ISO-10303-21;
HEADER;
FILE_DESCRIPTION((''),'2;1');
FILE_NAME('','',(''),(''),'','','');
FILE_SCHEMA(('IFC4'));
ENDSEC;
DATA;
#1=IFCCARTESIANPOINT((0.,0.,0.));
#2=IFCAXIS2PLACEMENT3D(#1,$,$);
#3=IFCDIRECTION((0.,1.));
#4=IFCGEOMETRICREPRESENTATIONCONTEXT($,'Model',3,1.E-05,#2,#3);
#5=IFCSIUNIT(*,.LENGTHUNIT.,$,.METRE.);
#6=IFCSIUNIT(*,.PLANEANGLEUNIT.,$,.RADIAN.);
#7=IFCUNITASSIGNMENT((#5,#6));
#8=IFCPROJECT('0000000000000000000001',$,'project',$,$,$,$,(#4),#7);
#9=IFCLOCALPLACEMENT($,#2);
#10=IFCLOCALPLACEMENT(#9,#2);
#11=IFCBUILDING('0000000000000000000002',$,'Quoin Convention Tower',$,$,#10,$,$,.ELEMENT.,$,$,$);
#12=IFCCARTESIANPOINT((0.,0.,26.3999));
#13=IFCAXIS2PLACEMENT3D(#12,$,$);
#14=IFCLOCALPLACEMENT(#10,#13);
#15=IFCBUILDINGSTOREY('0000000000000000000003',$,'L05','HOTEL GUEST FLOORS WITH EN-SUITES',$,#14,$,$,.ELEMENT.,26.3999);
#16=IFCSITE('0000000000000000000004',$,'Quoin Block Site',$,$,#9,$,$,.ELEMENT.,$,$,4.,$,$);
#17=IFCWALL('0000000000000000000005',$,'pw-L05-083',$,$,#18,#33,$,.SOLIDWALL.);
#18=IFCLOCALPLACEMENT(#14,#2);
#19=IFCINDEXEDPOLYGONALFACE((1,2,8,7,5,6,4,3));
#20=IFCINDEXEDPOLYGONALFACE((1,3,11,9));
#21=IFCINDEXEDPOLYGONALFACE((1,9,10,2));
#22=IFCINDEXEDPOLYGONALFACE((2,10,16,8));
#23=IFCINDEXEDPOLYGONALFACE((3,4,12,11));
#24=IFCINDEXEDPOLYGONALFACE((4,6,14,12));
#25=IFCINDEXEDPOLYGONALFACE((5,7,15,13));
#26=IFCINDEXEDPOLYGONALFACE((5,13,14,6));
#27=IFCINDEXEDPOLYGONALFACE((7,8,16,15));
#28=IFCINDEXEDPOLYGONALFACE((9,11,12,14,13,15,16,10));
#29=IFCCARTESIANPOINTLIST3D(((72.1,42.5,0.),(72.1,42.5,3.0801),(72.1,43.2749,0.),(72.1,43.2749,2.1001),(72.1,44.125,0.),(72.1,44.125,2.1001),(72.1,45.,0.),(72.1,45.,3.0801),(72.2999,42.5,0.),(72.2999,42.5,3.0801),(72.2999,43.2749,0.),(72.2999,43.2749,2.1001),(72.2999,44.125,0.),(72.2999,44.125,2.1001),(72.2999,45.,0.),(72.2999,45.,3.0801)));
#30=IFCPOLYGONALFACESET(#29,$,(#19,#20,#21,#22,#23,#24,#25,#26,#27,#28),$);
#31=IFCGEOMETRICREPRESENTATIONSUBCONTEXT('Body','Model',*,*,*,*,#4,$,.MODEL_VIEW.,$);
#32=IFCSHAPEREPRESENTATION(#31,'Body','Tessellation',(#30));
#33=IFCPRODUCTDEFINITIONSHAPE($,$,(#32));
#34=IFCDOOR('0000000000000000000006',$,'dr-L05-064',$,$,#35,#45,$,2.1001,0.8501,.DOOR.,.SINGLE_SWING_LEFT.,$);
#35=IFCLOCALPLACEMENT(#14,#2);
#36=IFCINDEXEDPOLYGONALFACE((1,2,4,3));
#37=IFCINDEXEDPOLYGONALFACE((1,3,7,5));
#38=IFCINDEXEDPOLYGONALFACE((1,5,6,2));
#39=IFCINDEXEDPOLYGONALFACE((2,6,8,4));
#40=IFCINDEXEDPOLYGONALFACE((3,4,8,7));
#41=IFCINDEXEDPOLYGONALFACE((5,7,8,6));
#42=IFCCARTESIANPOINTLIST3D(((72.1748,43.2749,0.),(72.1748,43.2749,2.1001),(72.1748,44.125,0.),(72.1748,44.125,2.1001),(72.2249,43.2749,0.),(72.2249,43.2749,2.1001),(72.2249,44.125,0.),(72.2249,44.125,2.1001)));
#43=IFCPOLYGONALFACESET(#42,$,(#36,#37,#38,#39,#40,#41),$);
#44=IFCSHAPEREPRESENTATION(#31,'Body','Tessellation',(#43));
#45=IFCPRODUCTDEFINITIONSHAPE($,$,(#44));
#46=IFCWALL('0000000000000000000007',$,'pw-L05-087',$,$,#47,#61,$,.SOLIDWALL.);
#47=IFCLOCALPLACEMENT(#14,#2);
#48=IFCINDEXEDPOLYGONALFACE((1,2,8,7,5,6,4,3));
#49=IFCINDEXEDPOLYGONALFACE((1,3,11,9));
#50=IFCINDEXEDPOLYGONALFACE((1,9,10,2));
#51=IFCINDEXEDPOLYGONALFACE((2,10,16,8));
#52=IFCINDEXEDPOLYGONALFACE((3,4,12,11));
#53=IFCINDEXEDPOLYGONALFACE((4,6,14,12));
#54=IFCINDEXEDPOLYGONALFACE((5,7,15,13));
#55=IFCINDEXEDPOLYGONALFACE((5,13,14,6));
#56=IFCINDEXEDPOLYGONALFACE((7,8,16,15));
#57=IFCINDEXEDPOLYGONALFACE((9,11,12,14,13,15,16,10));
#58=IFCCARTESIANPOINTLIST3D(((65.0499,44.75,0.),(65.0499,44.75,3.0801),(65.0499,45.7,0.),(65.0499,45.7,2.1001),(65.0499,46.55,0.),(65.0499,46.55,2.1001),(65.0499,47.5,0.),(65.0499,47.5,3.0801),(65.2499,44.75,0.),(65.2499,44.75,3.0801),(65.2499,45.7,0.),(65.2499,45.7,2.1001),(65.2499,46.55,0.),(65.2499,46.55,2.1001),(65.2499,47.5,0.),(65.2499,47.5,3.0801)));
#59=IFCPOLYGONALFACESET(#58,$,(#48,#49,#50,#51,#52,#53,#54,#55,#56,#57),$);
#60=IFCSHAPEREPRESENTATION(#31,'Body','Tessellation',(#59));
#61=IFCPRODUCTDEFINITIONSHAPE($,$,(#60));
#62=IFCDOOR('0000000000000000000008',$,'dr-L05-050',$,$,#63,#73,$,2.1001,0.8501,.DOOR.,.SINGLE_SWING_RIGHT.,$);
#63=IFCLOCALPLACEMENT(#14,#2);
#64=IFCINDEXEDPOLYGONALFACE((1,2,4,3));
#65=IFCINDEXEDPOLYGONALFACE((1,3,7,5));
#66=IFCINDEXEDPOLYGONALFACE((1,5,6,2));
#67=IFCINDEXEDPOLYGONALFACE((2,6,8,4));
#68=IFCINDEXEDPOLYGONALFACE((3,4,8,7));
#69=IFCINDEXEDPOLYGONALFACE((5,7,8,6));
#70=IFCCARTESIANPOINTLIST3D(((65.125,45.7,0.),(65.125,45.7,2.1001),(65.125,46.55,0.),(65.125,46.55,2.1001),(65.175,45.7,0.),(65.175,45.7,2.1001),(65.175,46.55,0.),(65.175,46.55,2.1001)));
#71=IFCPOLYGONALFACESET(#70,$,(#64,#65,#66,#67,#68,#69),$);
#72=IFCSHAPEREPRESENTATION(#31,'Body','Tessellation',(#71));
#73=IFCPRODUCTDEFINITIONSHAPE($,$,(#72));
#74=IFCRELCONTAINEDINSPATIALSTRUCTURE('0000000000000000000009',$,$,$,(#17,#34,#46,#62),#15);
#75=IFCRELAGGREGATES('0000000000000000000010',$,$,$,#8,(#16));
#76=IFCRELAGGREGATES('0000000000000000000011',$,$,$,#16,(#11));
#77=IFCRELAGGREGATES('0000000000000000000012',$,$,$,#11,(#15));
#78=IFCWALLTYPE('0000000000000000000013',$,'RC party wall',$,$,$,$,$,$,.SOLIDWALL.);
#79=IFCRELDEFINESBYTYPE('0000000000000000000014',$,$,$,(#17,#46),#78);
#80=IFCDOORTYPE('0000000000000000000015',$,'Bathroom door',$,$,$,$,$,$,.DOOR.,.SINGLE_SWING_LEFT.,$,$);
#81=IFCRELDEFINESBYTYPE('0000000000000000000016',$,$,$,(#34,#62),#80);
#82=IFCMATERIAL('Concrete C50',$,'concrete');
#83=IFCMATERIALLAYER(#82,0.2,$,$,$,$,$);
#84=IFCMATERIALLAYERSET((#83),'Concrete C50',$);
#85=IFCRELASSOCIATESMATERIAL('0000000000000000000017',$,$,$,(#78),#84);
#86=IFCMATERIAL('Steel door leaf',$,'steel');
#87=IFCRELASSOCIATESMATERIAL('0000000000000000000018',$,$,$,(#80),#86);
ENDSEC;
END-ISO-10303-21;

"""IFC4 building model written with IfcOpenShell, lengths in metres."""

from ifc_helpers import new_model, si_unit, direction, frame, frame_2d, origin, place, context, subcontext, project, spatial, rectangle, extrude, material, layer, layer_set, type_object, element, fill, save


model = new_model("IFC4")

# Units and contexts
model_context = context("Model", 3, precision=1e-05, world=origin(), true_north=direction((0.0, 1.0)))
body_context = subcontext(model_context, "Body", "Model", "MODEL_VIEW")
ifc_project = project(units=[si_unit("LENGTHUNIT", "METRE"), si_unit("PLANEANGLEUNIT", "RADIAN")], contexts=[model_context])

# Site, building, storey
site_placement = place(None, origin())
site = spatial("IfcSite", under=ifc_project, at=site_placement, Name="Quoin Block Site", CompositionType="ELEMENT", RefElevation=4.0)
building_placement = place(site_placement, origin())
building = spatial("IfcBuilding", under=site, at=building_placement, Name="Quoin Convention Tower", CompositionType="ELEMENT")
storey_placement = place(building_placement, frame((0.0, 0.0, 26.3999)))
storey = spatial("IfcBuildingStorey", under=building, at=storey_placement, Name="L05", Description="HOTEL GUEST FLOORS WITH EN-SUITES", CompositionType="ELEMENT", Elevation=26.3999)

# Shared definitions
ifc_material_1 = material(Name="Concrete C50", Category="concrete")
ifc_layer_1 = layer(ifc_material_1, 0.2)
ifc_layer_set_1 = layer_set([ifc_layer_1], Name="Concrete C50")
wall_type_1 = type_object("IfcWallType", Name="RC party wall", PredefinedType="SOLIDWALL", material=ifc_layer_set_1)

# Walls, openings, doors
wall_1_placement = place(storey_placement, frame((72.2, 42.5, 0.0), z_axis=(0.0, 0.0, 1.0), x_axis=(0.0, 1.0, 0.0)))
wall_1 = element("IfcWall", 1, at=wall_1_placement, inside=storey, type_object=wall_type_1, Name="pw-L05-083", PredefinedType="SOLIDWALL", context=body_context, shape_type="SweptSolid", body=[
    extrude(rectangle(XDim=2.5, YDim=0.2, at=frame_2d((1.25, 0.0))), origin(), (0.0, 0.0, 1.0), 3.0801),
])
opening_1_placement = place(wall_1_placement, frame((0.7749, 0.0, 0.0)))
opening_1 = element("IfcOpeningElement", 2, at=opening_1_placement, cuts=wall_1, PredefinedType="OPENING", context=body_context, shape_type="SweptSolid", body=[
    extrude(rectangle(XDim=0.8501, YDim=2.1001, at=frame_2d((0.425, 1.05))), frame((0.0, 0.1099, 0.0), z_axis=(0.0, -1.0, 0.0), x_axis=(1.0, 0.0, 0.0)), (0.0, 0.0, 1.0), 0.22),
])
ifc_material_2 = material(Name="Steel door leaf", Category="steel")
door_type = type_object("IfcDoorType", Name="Bathroom door", OperationType="SINGLE_SWING_LEFT", PredefinedType="DOOR", material=ifc_material_2)
door_1_placement = place(opening_1_placement, frame((0.8501, 0.0, 0.0), z_axis=(0.0, 0.0, 1.0), x_axis=(-1.0, 0.0, 0.0)))
door_1 = element("IfcDoor", 3, at=door_1_placement, inside=storey, type_object=door_type, Name="dr-L05-064", OperationType="SINGLE_SWING_LEFT", OverallHeight=2.1001, OverallWidth=0.8501, PredefinedType="DOOR", context=body_context, shape_type="SweptSolid", body=[
    extrude(rectangle(XDim=0.8501, YDim=2.1001, at=frame_2d((0.425, 1.05))), frame((0.0, 0.0249, 0.0), z_axis=(0.0, -1.0, 0.0), x_axis=(1.0, 0.0, 0.0)), (0.0, 0.0, 1.0), 0.05),
])
fill(opening_1, door_1)
wall_2_placement = place(storey_placement, frame((65.1499, 44.75, 0.0), z_axis=(0.0, 0.0, 1.0), x_axis=(0.0, 1.0, 0.0)))
wall_2 = element("IfcWall", 4, at=wall_2_placement, inside=storey, type_object=wall_type_1, Name="pw-L05-087", PredefinedType="SOLIDWALL", context=body_context, shape_type="SweptSolid", body=[
    extrude(rectangle(XDim=2.75, YDim=0.2, at=frame_2d((1.375, 0.0))), origin(), (0.0, 0.0, 1.0), 3.0801),
])
opening_2_placement = place(wall_2_placement, frame((0.95, 0.0, 0.0)))
opening_2 = element("IfcOpeningElement", 5, at=opening_2_placement, cuts=wall_2, PredefinedType="OPENING", context=body_context, shape_type="SweptSolid", body=[
    extrude(rectangle(XDim=0.8501, YDim=2.1001, at=frame_2d((0.425, 1.05))), frame((0.0, 0.1099, 0.0), z_axis=(0.0, -1.0, 0.0), x_axis=(1.0, 0.0, 0.0)), (0.0, 0.0, 1.0), 0.22),
])
door_2_placement = place(opening_2_placement, origin())
door_2 = element("IfcDoor", 6, at=door_2_placement, inside=storey, type_object=door_type, Name="dr-L05-050", OperationType="SINGLE_SWING_RIGHT", OverallHeight=2.1001, OverallWidth=0.8501, PredefinedType="DOOR", context=body_context, shape_type="SweptSolid", body=[
    extrude(rectangle(XDim=0.8501, YDim=2.1001, at=frame_2d((0.425, 1.05))), frame((0.0, 0.0249, 0.0), z_axis=(0.0, -1.0, 0.0), x_axis=(1.0, 0.0, 0.0)), (0.0, 0.0, 1.0), 0.05),
])
fill(opening_2, door_2)

save(model, "model.ifc")
